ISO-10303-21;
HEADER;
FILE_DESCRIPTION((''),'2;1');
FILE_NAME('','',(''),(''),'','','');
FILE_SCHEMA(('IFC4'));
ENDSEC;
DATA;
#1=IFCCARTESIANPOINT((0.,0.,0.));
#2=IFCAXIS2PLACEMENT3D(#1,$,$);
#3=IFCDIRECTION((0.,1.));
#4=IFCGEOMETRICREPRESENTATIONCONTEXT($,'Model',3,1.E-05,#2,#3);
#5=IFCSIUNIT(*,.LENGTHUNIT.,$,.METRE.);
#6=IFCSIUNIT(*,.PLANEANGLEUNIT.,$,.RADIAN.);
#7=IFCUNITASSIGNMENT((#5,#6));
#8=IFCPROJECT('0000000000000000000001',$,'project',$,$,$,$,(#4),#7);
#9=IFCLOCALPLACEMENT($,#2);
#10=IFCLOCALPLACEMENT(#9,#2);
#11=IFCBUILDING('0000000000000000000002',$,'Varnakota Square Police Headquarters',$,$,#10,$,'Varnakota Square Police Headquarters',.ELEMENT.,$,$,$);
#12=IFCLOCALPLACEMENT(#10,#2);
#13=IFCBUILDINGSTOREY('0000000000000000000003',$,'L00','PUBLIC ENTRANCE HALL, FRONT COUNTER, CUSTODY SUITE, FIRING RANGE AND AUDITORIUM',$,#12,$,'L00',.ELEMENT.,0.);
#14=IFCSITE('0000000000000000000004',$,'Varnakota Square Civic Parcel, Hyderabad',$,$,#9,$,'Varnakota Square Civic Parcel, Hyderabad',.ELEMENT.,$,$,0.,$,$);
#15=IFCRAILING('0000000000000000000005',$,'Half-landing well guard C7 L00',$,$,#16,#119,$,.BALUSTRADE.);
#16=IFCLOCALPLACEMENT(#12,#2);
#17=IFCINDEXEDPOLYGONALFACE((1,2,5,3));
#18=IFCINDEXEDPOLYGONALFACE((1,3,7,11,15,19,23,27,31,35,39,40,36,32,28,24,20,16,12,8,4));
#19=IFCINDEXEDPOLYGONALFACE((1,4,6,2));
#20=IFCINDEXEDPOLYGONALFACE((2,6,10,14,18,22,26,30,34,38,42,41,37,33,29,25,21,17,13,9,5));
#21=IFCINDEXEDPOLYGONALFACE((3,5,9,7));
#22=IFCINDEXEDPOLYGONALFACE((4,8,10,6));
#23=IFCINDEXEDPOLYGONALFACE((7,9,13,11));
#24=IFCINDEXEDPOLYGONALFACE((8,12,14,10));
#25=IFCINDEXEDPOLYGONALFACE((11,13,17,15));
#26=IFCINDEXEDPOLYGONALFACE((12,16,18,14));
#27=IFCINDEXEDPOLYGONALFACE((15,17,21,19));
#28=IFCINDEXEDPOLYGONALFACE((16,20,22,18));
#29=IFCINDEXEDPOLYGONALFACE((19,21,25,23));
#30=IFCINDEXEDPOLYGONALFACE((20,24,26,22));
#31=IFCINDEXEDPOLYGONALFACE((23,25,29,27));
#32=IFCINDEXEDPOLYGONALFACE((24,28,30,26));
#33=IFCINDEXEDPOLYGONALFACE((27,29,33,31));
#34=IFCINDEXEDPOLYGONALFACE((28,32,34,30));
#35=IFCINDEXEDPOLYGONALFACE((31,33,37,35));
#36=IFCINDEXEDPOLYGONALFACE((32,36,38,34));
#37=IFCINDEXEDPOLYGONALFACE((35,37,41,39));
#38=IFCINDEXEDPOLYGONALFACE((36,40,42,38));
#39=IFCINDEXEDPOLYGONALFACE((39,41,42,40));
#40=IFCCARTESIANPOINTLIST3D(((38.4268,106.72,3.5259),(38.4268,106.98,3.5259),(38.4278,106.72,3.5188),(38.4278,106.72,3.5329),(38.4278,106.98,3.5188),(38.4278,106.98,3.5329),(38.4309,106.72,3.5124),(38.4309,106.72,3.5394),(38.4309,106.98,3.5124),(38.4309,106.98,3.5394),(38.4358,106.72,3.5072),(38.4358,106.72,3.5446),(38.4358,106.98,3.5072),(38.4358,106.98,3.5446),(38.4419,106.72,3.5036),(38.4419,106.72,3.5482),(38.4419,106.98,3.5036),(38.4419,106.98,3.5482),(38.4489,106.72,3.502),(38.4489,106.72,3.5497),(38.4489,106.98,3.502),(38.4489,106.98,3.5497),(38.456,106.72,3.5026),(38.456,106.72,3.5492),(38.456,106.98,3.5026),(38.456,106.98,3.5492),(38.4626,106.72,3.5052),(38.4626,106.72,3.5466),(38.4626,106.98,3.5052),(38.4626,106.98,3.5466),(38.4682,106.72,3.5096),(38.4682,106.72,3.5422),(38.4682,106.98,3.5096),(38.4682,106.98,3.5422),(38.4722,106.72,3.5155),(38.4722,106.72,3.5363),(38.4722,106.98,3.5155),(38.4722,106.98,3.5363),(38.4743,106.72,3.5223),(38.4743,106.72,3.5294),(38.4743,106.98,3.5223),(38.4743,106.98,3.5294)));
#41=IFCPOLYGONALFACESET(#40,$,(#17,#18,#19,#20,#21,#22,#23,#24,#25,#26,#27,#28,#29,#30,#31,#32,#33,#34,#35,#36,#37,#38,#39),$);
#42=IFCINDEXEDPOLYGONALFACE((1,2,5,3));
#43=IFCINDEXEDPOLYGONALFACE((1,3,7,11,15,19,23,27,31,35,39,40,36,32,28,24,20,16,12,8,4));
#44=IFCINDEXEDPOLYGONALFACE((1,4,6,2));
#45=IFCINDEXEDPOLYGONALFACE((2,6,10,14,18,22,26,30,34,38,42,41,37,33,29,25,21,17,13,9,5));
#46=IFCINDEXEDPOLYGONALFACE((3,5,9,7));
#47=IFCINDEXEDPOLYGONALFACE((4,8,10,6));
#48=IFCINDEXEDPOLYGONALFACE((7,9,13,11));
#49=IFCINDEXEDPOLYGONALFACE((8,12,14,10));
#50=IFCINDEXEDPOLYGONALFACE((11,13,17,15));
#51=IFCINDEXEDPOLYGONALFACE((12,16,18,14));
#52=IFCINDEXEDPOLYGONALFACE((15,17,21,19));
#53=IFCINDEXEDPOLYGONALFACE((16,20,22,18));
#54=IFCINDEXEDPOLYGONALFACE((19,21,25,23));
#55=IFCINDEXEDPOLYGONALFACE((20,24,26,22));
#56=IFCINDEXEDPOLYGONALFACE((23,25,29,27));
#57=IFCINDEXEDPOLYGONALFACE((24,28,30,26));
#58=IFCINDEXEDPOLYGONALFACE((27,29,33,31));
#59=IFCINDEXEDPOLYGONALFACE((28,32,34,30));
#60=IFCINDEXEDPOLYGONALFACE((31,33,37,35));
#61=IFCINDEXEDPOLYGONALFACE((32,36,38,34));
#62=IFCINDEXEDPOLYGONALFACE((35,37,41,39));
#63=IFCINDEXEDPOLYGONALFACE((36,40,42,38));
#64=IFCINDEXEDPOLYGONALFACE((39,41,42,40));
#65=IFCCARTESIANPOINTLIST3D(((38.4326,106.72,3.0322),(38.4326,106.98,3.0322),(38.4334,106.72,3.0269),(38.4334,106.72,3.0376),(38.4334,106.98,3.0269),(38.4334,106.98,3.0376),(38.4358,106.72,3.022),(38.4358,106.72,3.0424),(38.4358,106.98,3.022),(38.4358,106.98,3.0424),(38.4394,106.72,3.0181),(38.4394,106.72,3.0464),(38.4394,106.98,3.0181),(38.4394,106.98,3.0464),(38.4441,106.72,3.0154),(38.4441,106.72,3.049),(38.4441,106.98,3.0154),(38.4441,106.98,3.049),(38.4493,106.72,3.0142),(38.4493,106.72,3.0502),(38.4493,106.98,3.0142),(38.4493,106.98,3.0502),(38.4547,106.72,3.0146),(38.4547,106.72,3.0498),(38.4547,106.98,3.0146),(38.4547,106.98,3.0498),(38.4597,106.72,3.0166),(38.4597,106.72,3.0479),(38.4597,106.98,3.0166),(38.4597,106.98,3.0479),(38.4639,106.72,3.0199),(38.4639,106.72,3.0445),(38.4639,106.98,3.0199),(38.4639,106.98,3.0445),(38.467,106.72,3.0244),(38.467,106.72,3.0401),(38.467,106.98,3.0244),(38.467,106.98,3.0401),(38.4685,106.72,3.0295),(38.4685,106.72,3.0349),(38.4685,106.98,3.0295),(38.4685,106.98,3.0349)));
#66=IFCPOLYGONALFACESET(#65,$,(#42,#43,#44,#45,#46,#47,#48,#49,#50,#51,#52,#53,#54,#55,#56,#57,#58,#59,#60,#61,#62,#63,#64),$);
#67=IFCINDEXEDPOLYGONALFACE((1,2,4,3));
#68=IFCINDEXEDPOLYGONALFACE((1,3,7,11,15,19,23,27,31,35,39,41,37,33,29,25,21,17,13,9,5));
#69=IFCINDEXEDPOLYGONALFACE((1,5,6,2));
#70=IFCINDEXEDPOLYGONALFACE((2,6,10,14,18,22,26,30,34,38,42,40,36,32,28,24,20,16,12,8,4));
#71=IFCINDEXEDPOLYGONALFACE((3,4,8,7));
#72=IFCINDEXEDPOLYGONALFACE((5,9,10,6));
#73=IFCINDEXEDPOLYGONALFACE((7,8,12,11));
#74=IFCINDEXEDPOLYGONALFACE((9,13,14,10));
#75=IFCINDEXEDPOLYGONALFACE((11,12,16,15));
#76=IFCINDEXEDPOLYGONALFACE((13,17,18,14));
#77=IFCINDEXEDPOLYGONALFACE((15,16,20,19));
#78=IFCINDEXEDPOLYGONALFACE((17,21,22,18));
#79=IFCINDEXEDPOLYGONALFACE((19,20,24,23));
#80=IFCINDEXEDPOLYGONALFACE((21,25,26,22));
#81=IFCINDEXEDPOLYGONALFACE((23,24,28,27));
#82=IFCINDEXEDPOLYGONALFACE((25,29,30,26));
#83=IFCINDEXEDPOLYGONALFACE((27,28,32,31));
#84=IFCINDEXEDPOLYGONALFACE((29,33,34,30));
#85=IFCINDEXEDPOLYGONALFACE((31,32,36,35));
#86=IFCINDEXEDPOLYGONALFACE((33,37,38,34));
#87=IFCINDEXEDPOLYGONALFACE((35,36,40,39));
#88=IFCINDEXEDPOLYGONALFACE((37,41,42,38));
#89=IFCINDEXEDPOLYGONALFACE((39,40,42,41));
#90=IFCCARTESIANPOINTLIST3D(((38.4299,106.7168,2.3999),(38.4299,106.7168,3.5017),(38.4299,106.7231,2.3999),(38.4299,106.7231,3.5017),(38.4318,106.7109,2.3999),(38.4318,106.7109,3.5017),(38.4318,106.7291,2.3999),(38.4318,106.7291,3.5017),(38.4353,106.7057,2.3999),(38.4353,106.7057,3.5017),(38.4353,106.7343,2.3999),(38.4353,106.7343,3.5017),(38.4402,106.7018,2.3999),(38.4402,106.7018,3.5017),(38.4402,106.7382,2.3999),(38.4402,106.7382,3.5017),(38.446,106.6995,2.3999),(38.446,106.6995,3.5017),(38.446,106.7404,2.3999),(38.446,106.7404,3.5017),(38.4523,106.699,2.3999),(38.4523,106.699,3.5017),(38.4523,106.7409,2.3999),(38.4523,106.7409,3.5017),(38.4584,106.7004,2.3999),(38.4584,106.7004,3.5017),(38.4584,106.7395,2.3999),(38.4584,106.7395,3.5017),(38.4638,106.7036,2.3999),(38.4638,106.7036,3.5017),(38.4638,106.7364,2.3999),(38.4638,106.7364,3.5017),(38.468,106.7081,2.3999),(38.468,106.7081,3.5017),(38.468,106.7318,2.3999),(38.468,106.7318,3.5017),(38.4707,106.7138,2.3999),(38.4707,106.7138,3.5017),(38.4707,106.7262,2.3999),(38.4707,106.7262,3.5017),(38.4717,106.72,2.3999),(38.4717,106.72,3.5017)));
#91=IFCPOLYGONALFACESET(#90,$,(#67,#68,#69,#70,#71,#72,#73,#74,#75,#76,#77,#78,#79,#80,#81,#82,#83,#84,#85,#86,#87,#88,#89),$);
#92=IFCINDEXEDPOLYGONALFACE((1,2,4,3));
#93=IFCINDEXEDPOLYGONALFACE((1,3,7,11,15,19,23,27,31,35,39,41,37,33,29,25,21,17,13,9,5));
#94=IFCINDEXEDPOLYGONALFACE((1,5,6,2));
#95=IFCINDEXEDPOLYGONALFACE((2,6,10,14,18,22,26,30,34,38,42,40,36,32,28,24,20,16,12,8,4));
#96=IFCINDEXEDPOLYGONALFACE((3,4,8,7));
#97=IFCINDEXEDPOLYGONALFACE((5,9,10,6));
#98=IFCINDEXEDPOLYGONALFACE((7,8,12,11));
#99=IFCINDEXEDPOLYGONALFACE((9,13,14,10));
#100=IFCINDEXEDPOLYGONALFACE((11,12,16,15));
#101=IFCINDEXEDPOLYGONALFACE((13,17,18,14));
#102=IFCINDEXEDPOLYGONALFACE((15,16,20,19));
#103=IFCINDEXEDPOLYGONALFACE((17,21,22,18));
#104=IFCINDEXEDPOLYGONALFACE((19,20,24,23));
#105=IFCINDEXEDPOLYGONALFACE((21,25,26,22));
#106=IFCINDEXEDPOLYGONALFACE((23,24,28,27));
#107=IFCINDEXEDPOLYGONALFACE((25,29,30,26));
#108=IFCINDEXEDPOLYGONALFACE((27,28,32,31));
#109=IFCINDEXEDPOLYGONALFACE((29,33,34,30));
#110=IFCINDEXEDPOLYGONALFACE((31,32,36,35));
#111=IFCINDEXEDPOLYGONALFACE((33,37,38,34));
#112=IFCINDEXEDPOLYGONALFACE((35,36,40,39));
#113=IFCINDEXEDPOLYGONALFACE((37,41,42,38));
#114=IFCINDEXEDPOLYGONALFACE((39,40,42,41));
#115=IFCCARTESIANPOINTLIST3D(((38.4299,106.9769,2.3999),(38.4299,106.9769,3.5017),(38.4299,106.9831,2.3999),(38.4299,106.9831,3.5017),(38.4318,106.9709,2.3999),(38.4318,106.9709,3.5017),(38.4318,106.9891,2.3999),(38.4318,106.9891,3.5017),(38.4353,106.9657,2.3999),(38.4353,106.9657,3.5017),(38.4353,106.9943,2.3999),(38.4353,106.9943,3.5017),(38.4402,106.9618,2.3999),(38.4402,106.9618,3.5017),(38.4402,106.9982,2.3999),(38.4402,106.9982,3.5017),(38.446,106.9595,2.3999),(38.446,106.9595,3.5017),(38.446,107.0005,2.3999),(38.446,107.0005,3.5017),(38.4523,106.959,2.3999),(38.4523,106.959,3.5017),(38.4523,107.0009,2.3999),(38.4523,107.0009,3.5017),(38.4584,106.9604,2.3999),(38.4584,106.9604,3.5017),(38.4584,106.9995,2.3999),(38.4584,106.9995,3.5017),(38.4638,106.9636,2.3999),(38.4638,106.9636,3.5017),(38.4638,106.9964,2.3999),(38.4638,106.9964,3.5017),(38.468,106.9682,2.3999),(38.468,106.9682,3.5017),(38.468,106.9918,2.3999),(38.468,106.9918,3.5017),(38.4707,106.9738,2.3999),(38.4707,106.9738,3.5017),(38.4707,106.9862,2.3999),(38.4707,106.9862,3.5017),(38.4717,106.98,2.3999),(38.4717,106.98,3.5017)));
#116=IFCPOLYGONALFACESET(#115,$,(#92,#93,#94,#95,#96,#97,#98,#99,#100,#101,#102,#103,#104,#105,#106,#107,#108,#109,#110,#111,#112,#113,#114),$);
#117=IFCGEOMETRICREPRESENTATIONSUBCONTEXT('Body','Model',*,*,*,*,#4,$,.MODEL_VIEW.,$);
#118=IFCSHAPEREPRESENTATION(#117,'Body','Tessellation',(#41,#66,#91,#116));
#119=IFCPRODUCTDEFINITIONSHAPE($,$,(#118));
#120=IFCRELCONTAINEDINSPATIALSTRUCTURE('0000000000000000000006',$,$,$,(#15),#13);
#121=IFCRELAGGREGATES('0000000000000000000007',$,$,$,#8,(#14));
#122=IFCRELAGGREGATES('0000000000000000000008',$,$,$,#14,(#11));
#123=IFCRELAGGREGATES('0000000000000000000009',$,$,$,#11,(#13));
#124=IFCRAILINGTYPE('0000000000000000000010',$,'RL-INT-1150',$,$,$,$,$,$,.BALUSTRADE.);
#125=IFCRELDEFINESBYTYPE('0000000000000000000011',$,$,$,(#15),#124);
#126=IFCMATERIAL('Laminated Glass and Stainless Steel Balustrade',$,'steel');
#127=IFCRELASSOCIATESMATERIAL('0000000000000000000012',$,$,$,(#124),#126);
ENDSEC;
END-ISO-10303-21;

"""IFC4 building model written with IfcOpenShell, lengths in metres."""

from ifc_helpers import new_model, si_unit, direction, frame, origin, origin_2d, place, context, subcontext, project, spatial, circle, extrude, material, type_object, element, save


model = new_model("IFC4")

# Units and contexts
model_context = context("Model", 3, precision=1e-05, world=origin(), true_north=direction((0.0, 1.0)))
body_context = subcontext(model_context, "Body", "Model", "MODEL_VIEW")
ifc_project = project(units=[si_unit("LENGTHUNIT", "METRE"), si_unit("PLANEANGLEUNIT", "RADIAN")], contexts=[model_context])

# Site, building, storey
site_placement = place(None, origin())
site = spatial("IfcSite", under=ifc_project, at=site_placement, Name="Varnakota Square Civic Parcel, Hyderabad", LongName="Varnakota Square Civic Parcel, Hyderabad", CompositionType="ELEMENT", RefElevation=0.0)
building_placement = place(site_placement, origin())
building = spatial("IfcBuilding", under=site, at=building_placement, Name="Varnakota Square Police Headquarters", LongName="Varnakota Square Police Headquarters", CompositionType="ELEMENT")
storey_placement = place(building_placement, origin())
storey = spatial("IfcBuildingStorey", under=building, at=storey_placement, Name="L00", Description="PUBLIC ENTRANCE HALL, FRONT COUNTER, CUSTODY SUITE, FIRING RANGE AND AUDITORIUM", LongName="L00", CompositionType="ELEMENT", Elevation=0.0)

# Railing
ifc_material_1 = material(Name="Laminated Glass and Stainless Steel Balustrade", Category="steel")
railing_type_1 = type_object("IfcRailingType", Name="RL-INT-1150", PredefinedType="BALUSTRADE", material=ifc_material_1)
railing_1_placement = place(storey_placement, frame((38.4507, 106.72, 2.3999)))
element("IfcRailing", 1, at=railing_1_placement, inside=storey, type_object=railing_type_1, Name="Half-landing well guard C7 L00", PredefinedType="BALUSTRADE", context=body_context, shape_type="SweptSolid", body=[
    extrude(circle(Radius=0.0239, at=origin_2d()), frame((0.0, 0.0, 1.126), z_axis=(0.0, 1.0, 0.0), x_axis=(-1.0, 0.0, 0.0)), (0.0, 0.0, 1.0), 0.26),
    extrude(circle(Radius=0.0181, at=origin_2d()), frame((0.0, 0.0, 0.6323), z_axis=(0.0, 1.0, 0.0), x_axis=(-1.0, 0.0, 0.0)), (0.0, 0.0, 1.0), 0.26),
    extrude(circle(Radius=0.021, at=origin_2d()), origin(), (0.0, 0.0, 1.0), 1.1018),
    extrude(circle(Radius=0.021, at=origin_2d()), frame((0.0, 0.26, 0.0)), (0.0, 0.0, 1.0), 1.1018),
])

save(model, "model.ifc")
